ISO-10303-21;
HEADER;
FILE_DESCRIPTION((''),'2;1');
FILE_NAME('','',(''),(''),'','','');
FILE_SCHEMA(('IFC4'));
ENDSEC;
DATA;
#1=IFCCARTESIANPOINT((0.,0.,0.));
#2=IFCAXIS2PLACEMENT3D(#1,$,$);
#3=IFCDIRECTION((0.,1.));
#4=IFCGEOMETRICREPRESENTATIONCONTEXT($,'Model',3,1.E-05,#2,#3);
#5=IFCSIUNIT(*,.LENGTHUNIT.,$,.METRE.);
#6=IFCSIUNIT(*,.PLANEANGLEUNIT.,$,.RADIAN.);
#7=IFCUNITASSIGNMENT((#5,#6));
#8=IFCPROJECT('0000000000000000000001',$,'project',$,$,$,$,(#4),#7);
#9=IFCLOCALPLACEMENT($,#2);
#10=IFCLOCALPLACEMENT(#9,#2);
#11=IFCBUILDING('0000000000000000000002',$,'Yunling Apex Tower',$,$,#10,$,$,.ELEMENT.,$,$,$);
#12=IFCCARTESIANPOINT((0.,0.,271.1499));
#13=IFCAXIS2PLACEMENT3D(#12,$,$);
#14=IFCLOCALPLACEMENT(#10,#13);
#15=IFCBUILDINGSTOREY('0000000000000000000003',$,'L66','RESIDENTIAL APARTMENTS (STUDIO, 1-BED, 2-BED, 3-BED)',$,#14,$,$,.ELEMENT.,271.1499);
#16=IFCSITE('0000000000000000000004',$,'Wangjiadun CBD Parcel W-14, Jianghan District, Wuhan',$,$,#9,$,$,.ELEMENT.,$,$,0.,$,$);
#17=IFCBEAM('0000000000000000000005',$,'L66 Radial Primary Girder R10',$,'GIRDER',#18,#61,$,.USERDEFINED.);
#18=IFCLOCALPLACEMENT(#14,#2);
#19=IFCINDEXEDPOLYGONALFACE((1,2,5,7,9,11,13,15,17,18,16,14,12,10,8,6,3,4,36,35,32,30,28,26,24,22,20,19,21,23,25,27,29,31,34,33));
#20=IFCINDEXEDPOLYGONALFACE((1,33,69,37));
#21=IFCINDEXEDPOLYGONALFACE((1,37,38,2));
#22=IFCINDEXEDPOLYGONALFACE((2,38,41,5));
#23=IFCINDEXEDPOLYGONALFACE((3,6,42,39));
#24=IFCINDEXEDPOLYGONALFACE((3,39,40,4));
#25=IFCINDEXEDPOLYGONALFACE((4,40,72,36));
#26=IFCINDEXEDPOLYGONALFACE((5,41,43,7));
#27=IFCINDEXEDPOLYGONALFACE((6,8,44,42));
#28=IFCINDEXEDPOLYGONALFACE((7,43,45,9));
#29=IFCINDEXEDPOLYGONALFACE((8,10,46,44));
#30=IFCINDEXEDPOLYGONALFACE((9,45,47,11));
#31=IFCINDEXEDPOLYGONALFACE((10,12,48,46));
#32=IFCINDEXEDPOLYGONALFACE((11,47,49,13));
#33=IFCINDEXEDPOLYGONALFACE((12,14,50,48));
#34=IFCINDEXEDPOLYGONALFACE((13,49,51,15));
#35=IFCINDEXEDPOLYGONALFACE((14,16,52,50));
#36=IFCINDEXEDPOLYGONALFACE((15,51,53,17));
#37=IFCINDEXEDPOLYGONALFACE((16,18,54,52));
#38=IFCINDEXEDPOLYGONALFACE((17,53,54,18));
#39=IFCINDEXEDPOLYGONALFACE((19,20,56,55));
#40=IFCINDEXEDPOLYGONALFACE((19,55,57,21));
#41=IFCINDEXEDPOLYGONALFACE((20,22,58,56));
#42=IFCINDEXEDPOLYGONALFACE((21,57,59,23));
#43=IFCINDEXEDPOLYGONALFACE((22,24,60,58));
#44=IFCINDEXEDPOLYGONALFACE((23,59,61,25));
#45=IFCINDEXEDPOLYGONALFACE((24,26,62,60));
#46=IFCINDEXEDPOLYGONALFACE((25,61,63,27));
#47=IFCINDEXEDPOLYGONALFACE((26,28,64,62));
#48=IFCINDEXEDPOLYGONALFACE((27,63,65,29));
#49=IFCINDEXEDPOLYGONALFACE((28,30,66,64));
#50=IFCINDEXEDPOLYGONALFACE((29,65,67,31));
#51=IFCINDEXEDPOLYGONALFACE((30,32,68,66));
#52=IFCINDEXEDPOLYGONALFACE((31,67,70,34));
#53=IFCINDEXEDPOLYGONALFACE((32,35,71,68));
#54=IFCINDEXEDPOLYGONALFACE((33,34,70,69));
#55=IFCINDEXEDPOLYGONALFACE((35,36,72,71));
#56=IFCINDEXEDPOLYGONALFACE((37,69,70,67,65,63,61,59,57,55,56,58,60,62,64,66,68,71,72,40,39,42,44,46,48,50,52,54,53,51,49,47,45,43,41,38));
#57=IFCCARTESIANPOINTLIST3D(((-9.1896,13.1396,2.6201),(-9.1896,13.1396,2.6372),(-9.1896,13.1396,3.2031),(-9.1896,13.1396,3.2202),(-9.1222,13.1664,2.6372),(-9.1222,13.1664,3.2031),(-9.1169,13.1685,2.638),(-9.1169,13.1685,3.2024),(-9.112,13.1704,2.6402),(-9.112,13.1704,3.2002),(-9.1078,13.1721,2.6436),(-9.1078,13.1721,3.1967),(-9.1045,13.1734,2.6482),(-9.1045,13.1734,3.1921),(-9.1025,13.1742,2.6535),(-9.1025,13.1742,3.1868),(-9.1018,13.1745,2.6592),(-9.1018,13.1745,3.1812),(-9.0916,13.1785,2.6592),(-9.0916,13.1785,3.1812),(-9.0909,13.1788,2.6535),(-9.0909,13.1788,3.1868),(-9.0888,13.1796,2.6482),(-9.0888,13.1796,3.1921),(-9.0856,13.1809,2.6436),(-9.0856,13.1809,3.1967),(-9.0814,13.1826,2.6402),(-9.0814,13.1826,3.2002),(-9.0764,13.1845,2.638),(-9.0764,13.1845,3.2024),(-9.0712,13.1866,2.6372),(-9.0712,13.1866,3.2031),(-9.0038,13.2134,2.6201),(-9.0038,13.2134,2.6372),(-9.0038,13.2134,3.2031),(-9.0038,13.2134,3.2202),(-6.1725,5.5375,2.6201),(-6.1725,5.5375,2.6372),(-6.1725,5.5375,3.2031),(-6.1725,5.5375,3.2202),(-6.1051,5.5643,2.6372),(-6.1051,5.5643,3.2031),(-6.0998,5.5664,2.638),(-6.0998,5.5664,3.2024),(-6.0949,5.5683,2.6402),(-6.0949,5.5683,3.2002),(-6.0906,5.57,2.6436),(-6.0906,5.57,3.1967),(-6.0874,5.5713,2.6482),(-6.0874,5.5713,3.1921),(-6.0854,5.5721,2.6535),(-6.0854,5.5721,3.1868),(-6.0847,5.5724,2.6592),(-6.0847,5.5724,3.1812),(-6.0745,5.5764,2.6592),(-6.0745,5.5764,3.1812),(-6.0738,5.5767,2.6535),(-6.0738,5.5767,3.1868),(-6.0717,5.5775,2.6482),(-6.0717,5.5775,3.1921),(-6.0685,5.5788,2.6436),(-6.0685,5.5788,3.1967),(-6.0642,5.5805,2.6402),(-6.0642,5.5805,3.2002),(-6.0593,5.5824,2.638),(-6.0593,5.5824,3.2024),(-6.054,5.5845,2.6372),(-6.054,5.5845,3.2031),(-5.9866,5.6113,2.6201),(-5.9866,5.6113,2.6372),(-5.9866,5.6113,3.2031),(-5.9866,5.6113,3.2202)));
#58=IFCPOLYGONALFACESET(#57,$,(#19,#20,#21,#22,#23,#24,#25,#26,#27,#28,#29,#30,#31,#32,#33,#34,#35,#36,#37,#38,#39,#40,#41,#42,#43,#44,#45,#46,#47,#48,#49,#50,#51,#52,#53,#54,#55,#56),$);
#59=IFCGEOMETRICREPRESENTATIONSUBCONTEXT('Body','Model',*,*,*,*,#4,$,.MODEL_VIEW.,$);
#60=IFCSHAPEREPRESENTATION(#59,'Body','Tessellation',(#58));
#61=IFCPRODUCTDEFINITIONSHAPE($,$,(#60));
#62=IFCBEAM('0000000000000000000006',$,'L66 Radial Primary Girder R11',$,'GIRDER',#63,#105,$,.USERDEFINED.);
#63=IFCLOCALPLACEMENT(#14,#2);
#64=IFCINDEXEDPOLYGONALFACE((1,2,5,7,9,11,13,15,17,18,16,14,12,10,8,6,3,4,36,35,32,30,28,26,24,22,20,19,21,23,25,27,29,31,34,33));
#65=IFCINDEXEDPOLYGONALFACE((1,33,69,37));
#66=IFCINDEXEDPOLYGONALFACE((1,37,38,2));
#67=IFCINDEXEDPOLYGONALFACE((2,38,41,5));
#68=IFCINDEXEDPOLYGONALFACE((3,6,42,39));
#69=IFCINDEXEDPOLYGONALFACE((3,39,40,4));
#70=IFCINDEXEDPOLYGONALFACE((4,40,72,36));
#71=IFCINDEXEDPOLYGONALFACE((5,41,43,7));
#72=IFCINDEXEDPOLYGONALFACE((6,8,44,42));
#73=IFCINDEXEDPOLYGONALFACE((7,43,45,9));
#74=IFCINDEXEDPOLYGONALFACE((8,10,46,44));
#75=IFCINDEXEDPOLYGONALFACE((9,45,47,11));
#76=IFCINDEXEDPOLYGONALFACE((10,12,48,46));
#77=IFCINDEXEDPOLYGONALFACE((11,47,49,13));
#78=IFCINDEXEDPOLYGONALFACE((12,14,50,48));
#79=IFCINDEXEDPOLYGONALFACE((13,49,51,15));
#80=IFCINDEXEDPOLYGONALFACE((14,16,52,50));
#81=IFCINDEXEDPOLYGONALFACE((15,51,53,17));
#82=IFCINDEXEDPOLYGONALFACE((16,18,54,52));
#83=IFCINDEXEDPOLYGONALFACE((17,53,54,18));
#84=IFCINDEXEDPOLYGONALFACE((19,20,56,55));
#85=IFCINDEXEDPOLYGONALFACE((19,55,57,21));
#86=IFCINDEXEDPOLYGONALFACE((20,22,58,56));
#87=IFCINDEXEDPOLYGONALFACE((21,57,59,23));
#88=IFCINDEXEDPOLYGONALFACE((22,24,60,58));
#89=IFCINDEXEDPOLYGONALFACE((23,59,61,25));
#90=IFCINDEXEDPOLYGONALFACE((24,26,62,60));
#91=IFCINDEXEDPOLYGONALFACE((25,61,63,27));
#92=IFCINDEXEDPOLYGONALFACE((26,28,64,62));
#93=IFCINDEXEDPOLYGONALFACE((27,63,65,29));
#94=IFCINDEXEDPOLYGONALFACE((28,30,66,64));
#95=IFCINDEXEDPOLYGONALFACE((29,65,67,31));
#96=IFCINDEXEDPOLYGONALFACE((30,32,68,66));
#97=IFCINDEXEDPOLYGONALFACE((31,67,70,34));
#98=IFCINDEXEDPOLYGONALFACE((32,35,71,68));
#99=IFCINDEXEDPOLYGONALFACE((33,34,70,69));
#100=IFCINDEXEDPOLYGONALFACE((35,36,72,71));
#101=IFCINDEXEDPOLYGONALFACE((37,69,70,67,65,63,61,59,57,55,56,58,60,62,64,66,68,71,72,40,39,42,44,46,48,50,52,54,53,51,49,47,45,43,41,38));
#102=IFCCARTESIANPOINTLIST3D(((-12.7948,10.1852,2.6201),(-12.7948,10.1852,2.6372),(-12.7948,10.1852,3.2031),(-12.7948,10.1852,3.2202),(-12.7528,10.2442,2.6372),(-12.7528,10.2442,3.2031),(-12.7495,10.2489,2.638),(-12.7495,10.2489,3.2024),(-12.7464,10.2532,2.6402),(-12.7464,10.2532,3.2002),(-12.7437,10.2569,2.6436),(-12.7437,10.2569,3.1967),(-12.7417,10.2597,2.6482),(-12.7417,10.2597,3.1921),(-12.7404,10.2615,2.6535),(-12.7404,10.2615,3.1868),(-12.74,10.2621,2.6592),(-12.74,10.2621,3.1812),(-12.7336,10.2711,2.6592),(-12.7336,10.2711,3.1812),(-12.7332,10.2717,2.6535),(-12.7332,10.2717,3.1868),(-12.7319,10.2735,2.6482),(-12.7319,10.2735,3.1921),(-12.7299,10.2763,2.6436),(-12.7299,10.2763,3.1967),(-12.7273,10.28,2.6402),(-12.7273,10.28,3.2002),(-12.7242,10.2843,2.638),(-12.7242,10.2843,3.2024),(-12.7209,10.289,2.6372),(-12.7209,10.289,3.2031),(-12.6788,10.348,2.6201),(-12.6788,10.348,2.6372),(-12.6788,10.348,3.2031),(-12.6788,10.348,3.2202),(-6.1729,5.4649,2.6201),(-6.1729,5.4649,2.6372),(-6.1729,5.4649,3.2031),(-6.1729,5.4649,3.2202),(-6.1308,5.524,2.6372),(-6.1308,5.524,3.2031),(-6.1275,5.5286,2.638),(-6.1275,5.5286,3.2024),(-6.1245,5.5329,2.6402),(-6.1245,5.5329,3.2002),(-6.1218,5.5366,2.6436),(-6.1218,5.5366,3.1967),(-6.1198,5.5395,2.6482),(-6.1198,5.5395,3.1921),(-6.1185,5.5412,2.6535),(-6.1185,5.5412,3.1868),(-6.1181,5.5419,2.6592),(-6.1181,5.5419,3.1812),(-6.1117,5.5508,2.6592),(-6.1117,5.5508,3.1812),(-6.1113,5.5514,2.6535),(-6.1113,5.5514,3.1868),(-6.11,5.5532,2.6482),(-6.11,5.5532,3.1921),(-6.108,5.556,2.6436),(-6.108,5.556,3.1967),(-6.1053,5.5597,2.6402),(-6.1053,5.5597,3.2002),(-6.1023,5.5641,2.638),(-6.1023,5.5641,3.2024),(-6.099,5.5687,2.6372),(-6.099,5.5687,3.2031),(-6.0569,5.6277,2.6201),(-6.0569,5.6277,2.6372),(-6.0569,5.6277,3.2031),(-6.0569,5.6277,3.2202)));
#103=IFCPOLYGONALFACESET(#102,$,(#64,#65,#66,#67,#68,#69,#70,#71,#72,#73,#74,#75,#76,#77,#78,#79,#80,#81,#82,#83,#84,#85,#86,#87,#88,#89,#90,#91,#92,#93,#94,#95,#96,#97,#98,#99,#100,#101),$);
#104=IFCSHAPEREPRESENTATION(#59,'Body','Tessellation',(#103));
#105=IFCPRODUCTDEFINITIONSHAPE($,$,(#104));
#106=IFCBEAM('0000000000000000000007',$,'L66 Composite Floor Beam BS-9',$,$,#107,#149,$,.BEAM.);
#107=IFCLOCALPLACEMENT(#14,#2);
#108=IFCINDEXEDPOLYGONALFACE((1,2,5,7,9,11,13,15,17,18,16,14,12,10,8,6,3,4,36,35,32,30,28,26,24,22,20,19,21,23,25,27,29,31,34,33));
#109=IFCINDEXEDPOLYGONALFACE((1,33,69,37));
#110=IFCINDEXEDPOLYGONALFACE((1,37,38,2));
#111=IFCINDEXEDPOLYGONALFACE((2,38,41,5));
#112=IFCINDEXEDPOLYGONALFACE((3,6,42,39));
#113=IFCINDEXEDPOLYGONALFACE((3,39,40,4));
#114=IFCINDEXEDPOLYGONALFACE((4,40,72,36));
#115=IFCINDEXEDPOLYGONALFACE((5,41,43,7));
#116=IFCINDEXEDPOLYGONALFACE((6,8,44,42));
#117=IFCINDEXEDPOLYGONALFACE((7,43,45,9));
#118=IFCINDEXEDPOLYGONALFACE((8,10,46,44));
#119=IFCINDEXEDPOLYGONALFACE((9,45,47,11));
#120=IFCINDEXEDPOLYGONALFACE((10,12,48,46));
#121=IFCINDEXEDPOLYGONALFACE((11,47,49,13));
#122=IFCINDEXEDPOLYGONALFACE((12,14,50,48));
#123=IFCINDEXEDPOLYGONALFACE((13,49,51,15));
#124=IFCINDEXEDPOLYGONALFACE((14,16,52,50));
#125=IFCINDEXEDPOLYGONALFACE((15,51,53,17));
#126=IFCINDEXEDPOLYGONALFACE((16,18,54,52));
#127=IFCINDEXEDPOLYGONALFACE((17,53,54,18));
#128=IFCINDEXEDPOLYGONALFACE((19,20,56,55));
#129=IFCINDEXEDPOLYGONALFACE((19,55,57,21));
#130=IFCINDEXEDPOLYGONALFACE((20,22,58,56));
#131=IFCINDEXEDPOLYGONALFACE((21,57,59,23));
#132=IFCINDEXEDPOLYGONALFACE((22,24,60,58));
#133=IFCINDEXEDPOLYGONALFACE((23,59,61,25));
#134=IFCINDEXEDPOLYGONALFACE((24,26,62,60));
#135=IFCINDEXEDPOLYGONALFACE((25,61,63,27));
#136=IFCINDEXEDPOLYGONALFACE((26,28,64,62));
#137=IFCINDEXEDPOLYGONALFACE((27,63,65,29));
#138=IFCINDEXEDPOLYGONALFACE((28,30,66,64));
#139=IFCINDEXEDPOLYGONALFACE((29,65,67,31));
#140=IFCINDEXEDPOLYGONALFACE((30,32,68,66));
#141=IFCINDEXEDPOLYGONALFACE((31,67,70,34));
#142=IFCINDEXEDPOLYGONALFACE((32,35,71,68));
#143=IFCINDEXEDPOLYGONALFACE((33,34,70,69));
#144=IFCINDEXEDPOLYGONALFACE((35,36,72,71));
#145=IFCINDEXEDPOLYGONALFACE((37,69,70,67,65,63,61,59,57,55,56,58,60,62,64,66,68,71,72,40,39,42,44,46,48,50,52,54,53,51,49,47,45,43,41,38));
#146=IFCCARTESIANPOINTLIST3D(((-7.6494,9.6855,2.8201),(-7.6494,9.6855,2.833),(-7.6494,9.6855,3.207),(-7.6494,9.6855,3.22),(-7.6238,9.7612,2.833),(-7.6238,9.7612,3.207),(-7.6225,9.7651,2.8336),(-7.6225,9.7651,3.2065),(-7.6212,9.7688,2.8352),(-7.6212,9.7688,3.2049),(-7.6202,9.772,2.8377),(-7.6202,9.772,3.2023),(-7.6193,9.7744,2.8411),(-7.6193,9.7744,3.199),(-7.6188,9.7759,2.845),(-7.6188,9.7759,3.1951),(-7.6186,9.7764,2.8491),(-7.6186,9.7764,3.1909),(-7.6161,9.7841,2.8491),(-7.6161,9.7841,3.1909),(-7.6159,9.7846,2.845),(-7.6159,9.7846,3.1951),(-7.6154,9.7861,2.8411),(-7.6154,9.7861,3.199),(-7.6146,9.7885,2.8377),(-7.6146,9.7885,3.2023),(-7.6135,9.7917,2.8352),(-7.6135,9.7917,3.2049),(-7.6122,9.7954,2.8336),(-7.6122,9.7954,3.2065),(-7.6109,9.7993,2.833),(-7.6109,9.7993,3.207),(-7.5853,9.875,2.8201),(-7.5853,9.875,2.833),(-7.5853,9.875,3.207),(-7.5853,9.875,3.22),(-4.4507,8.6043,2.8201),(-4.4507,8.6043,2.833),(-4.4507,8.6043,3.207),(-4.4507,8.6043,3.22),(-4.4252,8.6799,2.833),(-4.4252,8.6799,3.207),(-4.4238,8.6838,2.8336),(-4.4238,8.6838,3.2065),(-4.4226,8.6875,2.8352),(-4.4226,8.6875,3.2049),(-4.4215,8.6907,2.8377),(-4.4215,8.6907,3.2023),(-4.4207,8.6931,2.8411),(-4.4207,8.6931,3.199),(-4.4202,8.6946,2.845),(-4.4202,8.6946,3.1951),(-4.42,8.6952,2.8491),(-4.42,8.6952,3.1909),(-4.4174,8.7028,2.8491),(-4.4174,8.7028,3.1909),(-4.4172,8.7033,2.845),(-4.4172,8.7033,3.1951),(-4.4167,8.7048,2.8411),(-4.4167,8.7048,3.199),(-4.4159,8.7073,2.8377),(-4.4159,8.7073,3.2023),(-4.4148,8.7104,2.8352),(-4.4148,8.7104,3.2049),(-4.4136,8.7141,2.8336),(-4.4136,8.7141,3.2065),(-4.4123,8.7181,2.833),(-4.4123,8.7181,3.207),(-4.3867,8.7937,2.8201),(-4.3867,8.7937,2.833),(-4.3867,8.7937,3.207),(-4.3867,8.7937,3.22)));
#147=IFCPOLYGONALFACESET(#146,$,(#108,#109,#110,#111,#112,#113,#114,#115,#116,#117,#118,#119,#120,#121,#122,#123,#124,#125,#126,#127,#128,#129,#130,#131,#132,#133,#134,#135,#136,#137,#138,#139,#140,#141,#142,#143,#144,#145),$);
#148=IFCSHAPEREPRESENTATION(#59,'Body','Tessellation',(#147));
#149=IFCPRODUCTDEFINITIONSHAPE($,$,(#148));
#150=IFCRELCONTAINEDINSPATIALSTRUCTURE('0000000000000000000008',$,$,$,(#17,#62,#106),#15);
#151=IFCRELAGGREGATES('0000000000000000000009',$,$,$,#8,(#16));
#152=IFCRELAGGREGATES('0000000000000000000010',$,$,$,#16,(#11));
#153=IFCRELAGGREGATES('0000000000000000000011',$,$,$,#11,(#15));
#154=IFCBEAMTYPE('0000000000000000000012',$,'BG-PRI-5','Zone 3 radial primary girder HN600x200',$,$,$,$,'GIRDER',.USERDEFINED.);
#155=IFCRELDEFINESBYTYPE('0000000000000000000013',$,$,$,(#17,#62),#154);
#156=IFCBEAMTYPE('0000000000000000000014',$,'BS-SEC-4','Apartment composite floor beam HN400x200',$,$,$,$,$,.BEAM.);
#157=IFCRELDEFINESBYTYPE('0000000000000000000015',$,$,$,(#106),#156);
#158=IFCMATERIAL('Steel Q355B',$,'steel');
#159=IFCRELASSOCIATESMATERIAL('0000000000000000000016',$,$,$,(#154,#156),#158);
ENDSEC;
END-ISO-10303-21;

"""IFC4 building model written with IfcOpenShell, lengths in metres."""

from ifc_helpers import new_model, si_unit, direction, frame, origin, origin_2d, place, context, subcontext, project, spatial, i_section, extrude, source, transform, mapped, material, material_profile, profile_set, type_object, element, save


model = new_model("IFC4")

# Units and contexts
model_context = context("Model", 3, precision=1e-05, world=origin(), true_north=direction((0.0, 1.0)))
body_context = subcontext(model_context, "Body", "Model", "MODEL_VIEW")
ifc_project = project(units=[si_unit("LENGTHUNIT", "METRE"), si_unit("PLANEANGLEUNIT", "RADIAN")], contexts=[model_context])

# Site, building, storey
site_placement = place(None, origin())
site = spatial("IfcSite", under=ifc_project, at=site_placement, Name="Wangjiadun CBD Parcel W-14, Jianghan District, Wuhan", CompositionType="ELEMENT", RefElevation=0.0)
building_placement = place(site_placement, origin())
building = spatial("IfcBuilding", under=site, at=building_placement, Name="Yunling Apex Tower", CompositionType="ELEMENT")
storey_placement = place(building_placement, frame((0.0, 0.0, 271.1499)))
storey = spatial("IfcBuildingStorey", under=building, at=storey_placement, Name="L66", Description="RESIDENTIAL APARTMENTS (STUDIO, 1-BED, 2-BED, 3-BED)", CompositionType="ELEMENT", Elevation=271.1499)

# Shared definitions
ifc_material_1 = material(Name="Steel Q355B", Category="steel")

# Beams
ifc_material_profile_1 = material_profile(ifc_material_1, i_section(OverallWidth=0.2, OverallDepth=0.6001, WebThickness=0.011, FlangeThickness=0.0171, FilletRadius=0.022, at=origin_2d()))
ifc_profile_set_1 = profile_set([ifc_material_profile_1], Name="Steel Q355B")
beam_type_1 = type_object("IfcBeamType", Name="BG-PRI-5", Description="Zone 3 radial primary girder HN600x200", ElementType="GIRDER", PredefinedType="USERDEFINED", material=ifc_profile_set_1)
shared_shape_1 = source(origin(), body_context, "Body", "SweptSolid", [
    extrude(i_section(OverallWidth=0.2, OverallDepth=0.6001, WebThickness=0.011, FlangeThickness=0.0171, FilletRadius=0.022, at=origin_2d()), origin(), (0.0, 0.0, 1.0), 8.179),
])
beam_1_placement = place(storey_placement, frame((-9.0967, 13.1765, 2.9202), z_axis=(0.368888, -0.929474, 0.0), x_axis=(0.929474, 0.368888, 0.0)))
element("IfcBeam", 1, at=beam_1_placement, inside=storey, type_object=beam_type_1, Name="L66 Radial Primary Girder R10", ObjectType="GIRDER", PredefinedType="USERDEFINED", context=body_context, shape_type="MappedRepresentation", body=[
    mapped(shared_shape_1, transform((0.0, 0.0, 0.0), scale=1.0)),
])
shared_shape_2 = source(origin(), body_context, "Body", "SweptSolid", [
    extrude(i_section(OverallWidth=0.2, OverallDepth=0.6001, WebThickness=0.011, FlangeThickness=0.0171, FilletRadius=0.022, at=origin_2d()), origin(), (0.0, 0.0, 1.0), 8.1321),
])
beam_2_placement = place(storey_placement, frame((-12.7368, 10.2666, 2.9202), z_axis=(0.814295, -0.580451, 0.0), x_axis=(0.580451, 0.814295, 0.0)))
element("IfcBeam", 2, at=beam_2_placement, inside=storey, type_object=beam_type_1, Name="L66 Radial Primary Girder R11", ObjectType="GIRDER", PredefinedType="USERDEFINED", context=body_context, shape_type="MappedRepresentation", body=[
    mapped(shared_shape_2, transform((0.0, 0.0, 0.0), scale=1.0)),
])
ifc_material_profile_2 = material_profile(ifc_material_1, i_section(OverallWidth=0.2, OverallDepth=0.3999, WebThickness=0.0081, FlangeThickness=0.0129, FilletRadius=0.0161, at=origin_2d()))
ifc_profile_set_2 = profile_set([ifc_material_profile_2], Name="Steel Q355B")
beam_type_2 = type_object("IfcBeamType", Name="BS-SEC-4", Description="Apartment composite floor beam HN400x200", PredefinedType="BEAM", material=ifc_profile_set_2)
shared_shape_3 = source(origin(), body_context, "Body", "SweptSolid", [
    extrude(i_section(OverallWidth=0.2, OverallDepth=0.3999, WebThickness=0.0081, FlangeThickness=0.0129, FilletRadius=0.0161, at=origin_2d()), origin(), (0.0, 0.0, 1.0), 3.3765),
])
beam_3_placement = place(storey_placement, frame((-4.4187, 8.699, 3.02), z_axis=(-0.947337, 0.320238, 0.0), x_axis=(-0.320238, -0.947337, 0.0)))
element("IfcBeam", 3, at=beam_3_placement, inside=storey, type_object=beam_type_2, Name="L66 Composite Floor Beam BS-9", PredefinedType="BEAM", context=body_context, shape_type="MappedRepresentation", body=[
    mapped(shared_shape_3, transform((0.0, 0.0, 0.0), scale=1.0)),
])

save(model, "model.ifc")
